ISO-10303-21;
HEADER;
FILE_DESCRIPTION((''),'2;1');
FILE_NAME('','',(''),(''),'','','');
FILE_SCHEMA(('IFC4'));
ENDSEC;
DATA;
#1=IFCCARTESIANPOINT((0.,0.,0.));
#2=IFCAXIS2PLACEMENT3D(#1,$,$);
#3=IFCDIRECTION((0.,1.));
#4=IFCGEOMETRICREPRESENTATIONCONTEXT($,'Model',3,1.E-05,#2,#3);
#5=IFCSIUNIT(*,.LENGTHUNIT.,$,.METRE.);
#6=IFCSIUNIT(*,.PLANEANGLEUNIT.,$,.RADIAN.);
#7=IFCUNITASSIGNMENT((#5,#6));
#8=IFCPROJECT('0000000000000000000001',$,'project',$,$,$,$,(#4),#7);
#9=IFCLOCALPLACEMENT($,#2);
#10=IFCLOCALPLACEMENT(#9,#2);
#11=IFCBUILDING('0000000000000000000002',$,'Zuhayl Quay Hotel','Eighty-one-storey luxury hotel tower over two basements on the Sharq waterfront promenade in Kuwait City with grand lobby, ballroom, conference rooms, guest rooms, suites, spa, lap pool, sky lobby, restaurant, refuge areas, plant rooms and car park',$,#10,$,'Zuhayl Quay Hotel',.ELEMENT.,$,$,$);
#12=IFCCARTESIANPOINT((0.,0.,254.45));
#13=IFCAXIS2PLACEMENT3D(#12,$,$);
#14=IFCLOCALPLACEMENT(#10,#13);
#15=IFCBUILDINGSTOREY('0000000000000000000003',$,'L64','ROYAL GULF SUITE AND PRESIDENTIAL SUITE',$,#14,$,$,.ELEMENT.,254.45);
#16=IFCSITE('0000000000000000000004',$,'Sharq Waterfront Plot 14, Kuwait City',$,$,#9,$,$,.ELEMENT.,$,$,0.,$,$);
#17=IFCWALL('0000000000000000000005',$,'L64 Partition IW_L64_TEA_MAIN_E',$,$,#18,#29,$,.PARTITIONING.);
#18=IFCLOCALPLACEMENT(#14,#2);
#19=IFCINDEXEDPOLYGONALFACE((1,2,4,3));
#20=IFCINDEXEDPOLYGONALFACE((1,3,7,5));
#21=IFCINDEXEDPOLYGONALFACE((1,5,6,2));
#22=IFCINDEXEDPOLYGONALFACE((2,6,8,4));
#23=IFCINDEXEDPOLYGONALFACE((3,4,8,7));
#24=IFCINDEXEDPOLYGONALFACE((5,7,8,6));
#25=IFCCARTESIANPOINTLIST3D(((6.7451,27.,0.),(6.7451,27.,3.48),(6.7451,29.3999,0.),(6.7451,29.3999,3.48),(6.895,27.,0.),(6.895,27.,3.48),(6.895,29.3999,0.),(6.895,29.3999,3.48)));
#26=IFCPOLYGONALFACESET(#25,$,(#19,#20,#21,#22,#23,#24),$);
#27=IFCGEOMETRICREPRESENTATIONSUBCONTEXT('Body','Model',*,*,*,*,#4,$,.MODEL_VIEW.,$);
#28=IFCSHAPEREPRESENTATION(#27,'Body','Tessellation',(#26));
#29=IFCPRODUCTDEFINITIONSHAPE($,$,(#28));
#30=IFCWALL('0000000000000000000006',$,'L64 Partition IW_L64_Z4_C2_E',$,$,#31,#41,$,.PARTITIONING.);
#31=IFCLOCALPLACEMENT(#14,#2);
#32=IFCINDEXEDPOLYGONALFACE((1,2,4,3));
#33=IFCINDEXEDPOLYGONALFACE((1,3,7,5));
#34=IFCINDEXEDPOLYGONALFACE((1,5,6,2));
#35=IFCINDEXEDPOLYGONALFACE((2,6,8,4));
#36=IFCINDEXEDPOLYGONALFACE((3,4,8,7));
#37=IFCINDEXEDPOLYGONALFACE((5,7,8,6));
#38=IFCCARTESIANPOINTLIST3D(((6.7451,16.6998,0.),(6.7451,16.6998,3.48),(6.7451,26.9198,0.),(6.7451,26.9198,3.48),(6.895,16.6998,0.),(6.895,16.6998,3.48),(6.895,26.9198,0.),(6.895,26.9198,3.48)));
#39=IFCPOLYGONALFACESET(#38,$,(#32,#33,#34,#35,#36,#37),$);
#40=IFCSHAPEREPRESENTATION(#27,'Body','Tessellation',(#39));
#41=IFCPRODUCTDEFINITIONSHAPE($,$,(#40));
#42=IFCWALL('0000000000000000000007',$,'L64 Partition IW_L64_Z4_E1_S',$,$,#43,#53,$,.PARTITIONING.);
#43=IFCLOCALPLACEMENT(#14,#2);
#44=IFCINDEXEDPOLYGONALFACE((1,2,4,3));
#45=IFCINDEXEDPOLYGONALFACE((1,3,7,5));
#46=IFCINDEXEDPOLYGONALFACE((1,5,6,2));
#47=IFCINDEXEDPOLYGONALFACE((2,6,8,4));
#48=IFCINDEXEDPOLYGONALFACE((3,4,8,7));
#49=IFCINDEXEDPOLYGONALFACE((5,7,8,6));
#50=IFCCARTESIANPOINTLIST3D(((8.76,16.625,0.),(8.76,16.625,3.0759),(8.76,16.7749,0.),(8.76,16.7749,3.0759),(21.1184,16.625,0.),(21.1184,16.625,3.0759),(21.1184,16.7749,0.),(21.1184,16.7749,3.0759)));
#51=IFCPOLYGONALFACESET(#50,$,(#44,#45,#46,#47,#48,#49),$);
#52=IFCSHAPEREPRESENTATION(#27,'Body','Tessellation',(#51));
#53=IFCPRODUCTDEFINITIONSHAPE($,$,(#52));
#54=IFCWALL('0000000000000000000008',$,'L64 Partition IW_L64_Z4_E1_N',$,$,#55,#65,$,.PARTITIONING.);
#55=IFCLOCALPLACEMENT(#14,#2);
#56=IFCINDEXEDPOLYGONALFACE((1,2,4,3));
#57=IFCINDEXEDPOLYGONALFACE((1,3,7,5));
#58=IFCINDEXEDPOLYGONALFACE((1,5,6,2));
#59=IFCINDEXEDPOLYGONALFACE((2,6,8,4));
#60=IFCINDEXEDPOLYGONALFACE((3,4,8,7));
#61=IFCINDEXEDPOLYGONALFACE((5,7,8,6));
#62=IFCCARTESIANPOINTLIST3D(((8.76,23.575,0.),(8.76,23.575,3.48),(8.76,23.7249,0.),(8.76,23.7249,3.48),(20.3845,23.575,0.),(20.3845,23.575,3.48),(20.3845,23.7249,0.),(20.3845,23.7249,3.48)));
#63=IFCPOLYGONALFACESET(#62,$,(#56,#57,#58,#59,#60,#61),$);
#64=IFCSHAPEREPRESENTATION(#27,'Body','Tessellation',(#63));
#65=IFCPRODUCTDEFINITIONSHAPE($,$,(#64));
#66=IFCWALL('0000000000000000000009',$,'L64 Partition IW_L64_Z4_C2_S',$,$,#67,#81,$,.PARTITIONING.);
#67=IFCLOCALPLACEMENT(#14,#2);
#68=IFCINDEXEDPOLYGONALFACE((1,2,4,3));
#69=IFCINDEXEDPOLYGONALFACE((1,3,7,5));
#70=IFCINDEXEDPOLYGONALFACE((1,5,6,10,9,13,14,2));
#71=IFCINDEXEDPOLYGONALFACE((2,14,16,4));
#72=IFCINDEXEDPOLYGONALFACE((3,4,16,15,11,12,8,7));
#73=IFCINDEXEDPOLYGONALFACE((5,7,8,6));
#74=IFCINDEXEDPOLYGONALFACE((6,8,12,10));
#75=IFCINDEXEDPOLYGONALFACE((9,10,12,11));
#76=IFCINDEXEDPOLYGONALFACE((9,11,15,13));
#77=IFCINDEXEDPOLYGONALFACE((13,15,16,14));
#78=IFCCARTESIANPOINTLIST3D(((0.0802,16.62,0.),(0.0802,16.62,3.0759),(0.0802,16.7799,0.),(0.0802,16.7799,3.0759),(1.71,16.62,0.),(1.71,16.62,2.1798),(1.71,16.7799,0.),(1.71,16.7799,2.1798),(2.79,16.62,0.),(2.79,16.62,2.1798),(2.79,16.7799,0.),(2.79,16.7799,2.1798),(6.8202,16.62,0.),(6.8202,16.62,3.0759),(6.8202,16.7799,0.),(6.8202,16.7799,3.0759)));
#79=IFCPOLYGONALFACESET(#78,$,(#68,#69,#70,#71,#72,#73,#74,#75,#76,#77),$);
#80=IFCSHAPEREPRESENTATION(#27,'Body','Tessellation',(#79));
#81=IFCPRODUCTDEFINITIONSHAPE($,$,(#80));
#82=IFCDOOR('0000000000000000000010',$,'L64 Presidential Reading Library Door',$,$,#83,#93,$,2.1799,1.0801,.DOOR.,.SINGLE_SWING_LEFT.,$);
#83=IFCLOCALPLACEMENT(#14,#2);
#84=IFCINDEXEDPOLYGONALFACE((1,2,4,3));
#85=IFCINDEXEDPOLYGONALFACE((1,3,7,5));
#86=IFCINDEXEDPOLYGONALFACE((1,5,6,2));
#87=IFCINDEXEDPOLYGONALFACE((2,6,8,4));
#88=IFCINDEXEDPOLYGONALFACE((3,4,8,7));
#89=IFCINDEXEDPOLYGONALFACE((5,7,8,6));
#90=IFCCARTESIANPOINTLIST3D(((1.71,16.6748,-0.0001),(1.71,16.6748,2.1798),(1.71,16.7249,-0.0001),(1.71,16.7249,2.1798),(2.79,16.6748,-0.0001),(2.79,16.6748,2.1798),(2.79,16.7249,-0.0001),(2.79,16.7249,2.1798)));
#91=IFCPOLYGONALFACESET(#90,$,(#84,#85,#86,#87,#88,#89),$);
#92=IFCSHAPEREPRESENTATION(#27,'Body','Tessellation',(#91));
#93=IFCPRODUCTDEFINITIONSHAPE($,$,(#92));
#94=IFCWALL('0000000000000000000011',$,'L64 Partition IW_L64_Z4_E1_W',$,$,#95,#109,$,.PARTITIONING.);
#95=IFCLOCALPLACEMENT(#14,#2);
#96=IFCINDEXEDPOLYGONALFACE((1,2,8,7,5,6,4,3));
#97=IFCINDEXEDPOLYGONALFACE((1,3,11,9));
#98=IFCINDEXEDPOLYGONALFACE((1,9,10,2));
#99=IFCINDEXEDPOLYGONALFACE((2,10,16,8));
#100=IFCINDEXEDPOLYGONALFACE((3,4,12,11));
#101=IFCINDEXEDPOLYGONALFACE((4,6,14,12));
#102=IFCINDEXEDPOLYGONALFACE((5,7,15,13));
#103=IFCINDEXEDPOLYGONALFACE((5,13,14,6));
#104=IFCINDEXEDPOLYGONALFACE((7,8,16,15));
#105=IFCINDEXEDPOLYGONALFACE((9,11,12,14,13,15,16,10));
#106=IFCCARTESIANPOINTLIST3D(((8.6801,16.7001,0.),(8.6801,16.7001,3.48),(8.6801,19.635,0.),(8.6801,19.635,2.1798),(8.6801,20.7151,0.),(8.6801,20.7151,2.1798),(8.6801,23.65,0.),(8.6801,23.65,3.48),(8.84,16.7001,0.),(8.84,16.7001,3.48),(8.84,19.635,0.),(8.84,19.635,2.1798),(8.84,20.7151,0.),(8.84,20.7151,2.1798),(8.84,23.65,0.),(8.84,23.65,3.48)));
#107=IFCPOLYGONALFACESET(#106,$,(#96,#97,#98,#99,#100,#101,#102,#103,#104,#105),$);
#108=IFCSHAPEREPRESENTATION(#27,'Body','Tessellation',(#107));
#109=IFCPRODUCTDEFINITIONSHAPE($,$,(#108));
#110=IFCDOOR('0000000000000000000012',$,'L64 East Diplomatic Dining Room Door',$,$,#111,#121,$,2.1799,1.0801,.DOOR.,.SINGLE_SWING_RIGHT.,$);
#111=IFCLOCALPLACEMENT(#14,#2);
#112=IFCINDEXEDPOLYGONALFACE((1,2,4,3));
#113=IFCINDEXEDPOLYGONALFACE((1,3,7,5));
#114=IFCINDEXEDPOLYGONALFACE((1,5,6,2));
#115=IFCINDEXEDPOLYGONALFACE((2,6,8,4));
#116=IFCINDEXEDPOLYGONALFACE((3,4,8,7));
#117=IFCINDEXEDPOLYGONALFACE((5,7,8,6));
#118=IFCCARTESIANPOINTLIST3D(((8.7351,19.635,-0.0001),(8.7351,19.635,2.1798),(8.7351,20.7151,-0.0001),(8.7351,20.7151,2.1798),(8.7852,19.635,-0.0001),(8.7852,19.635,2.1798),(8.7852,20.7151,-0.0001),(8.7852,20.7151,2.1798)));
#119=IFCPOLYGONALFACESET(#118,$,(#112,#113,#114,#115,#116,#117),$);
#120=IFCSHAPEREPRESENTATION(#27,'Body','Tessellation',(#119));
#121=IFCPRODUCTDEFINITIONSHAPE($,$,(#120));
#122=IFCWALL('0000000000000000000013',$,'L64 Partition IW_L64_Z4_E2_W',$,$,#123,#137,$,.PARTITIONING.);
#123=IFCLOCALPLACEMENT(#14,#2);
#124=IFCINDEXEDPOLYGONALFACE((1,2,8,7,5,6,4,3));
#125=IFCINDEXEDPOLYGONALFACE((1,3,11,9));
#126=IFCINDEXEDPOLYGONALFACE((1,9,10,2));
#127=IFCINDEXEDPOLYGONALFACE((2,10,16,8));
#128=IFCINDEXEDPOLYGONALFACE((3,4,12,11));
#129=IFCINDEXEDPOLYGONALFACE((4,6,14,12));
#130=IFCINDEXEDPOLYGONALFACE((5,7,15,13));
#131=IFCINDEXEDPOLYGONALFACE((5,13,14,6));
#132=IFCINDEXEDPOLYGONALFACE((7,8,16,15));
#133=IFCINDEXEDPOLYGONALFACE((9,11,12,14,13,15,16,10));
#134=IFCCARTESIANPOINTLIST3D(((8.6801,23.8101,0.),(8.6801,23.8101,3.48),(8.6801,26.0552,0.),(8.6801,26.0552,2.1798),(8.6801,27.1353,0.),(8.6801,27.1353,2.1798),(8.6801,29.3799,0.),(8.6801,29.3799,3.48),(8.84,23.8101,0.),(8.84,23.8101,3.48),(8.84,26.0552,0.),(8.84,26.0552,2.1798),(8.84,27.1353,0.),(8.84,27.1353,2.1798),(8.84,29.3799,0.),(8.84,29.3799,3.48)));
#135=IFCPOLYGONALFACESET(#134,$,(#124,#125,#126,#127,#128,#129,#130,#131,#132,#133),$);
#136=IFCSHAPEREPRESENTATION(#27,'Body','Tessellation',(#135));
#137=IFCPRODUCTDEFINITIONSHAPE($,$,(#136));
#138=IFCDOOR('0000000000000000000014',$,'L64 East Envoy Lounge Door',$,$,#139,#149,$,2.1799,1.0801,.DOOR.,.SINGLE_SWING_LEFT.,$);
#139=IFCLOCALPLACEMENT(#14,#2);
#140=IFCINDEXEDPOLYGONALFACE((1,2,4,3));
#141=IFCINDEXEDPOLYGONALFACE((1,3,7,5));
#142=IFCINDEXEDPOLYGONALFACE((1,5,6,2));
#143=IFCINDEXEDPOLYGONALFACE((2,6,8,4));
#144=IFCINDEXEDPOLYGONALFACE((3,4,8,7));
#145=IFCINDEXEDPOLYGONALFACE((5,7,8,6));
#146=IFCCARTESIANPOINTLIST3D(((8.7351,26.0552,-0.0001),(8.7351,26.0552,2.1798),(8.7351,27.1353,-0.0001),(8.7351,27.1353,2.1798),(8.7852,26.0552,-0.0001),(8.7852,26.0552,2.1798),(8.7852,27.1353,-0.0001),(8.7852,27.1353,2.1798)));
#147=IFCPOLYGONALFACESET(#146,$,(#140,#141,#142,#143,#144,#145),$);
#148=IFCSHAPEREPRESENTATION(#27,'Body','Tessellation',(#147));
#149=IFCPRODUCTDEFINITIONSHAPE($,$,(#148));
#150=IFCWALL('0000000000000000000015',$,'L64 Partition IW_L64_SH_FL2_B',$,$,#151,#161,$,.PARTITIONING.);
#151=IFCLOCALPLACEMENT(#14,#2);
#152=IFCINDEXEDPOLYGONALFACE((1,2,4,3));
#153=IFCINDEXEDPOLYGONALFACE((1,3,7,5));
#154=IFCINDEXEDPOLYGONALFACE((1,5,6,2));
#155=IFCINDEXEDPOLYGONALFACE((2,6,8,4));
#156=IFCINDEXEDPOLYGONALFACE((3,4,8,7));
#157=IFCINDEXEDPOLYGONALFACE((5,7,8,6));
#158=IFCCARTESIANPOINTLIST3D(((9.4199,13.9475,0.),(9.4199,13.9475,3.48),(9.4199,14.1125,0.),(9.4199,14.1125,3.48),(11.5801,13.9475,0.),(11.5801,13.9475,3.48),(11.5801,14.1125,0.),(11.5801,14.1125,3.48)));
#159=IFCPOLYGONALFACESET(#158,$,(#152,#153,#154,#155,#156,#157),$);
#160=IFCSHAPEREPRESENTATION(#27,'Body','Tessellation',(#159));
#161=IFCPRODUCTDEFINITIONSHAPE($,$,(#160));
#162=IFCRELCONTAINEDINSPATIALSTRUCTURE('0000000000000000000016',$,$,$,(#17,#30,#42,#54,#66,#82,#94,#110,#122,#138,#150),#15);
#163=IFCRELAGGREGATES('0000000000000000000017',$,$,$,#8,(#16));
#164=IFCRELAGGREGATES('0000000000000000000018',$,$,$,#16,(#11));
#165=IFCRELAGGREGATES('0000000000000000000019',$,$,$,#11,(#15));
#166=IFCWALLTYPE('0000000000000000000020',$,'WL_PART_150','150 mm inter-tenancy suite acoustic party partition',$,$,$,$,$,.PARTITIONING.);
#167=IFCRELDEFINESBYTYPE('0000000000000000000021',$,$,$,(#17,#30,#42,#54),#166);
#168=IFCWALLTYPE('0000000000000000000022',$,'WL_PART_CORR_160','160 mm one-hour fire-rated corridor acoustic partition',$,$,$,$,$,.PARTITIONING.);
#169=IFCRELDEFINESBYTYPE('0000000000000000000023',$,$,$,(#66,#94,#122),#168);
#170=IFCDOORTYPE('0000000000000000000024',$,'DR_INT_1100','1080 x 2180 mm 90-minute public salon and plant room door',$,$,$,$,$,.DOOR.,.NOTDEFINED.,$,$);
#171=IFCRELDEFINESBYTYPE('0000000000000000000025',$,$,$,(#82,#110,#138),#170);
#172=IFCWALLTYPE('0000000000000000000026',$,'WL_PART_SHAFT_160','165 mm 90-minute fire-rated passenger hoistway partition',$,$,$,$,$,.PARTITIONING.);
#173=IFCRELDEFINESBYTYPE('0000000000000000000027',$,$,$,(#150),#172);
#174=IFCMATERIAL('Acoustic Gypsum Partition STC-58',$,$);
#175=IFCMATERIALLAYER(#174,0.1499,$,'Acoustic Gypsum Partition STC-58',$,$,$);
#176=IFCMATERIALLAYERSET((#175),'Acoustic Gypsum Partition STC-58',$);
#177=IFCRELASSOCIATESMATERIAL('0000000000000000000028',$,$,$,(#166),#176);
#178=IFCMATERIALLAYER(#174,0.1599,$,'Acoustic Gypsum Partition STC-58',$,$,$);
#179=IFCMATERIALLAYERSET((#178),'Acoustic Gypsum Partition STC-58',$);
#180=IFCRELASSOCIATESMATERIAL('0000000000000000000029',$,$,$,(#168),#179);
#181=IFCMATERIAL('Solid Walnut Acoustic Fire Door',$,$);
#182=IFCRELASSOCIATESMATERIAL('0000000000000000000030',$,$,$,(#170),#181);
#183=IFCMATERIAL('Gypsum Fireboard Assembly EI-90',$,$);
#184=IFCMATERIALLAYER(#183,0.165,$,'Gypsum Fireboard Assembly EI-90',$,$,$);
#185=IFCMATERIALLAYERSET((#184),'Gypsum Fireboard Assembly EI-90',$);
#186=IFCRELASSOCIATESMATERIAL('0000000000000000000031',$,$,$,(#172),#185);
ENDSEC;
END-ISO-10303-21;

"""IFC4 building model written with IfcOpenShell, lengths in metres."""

from ifc_helpers import new_model, si_unit, direction, frame, frame_2d, origin, place, context, subcontext, project, spatial, rectangle, extrude, material, layer, layer_set, type_object, element, fill, save


model = new_model("IFC4")

# Units and contexts
model_context = context("Model", 3, precision=1e-05, world=origin(), true_north=direction((0.0, 1.0)))
body_context = subcontext(model_context, "Body", "Model", "MODEL_VIEW")
ifc_project = project(units=[si_unit("LENGTHUNIT", "METRE"), si_unit("PLANEANGLEUNIT", "RADIAN")], contexts=[model_context])

# Site, building, storey
site_placement = place(None, origin())
site = spatial("IfcSite", under=ifc_project, at=site_placement, Name="Sharq Waterfront Plot 14, Kuwait City", CompositionType="ELEMENT", RefElevation=0.0)
building_placement = place(site_placement, origin())
building = spatial("IfcBuilding", under=site, at=building_placement, Name="Zuhayl Quay Hotel", Description="Eighty-one-storey luxury hotel tower over two basements on the Sharq waterfront promenade in Kuwait City with grand lobby, ballroom, conference rooms, guest rooms, suites, spa, lap pool, sky lobby, restaurant, refuge areas, plant rooms and car park", LongName="Zuhayl Quay Hotel", CompositionType="ELEMENT")
storey_placement = place(building_placement, frame((0.0, 0.0, 254.45)))
storey = spatial("IfcBuildingStorey", under=building, at=storey_placement, Name="L64", Description="ROYAL GULF SUITE AND PRESIDENTIAL SUITE", CompositionType="ELEMENT", Elevation=254.45)

# Walls
ifc_material_1 = material(Name="Acoustic Gypsum Partition STC-58")
ifc_layer_1 = layer(ifc_material_1, 0.1499, Name="Acoustic Gypsum Partition STC-58")
ifc_layer_set_1 = layer_set([ifc_layer_1], Name="Acoustic Gypsum Partition STC-58")
wall_type_1 = type_object("IfcWallType", Name="WL_PART_150", Description="150 mm inter-tenancy suite acoustic party partition", PredefinedType="PARTITIONING", material=ifc_layer_set_1)
wall_1_placement = place(storey_placement, frame((6.8201, 27.0, 0.0), z_axis=(0.0, 0.0, 1.0), x_axis=(0.0, 1.0, 0.0)))
element("IfcWall", 1, at=wall_1_placement, inside=storey, type_object=wall_type_1, Name="L64 Partition IW_L64_TEA_MAIN_E", PredefinedType="PARTITIONING", context=body_context, shape_type="SweptSolid", body=[
    extrude(rectangle(XDim=2.3999, YDim=0.1499, at=frame_2d((1.2, 0.0))), origin(), (0.0, 0.0, 1.0), 3.48),
])
wall_2_placement = place(storey_placement, frame((6.8201, 16.7, 0.0), z_axis=(0.0, 0.0, 1.0), x_axis=(0.0, 1.0, 0.0)))
element("IfcWall", 2, at=wall_2_placement, inside=storey, type_object=wall_type_1, Name="L64 Partition IW_L64_Z4_C2_E", PredefinedType="PARTITIONING", context=body_context, shape_type="SweptSolid", body=[
    extrude(rectangle(XDim=10.22, YDim=0.1499, at=frame_2d((5.1099, 0.0))), origin(), (0.0, 0.0, 1.0), 3.48),
])
wall_3_placement = place(storey_placement, frame((8.76, 16.7, 0.0), z_axis=(0.0, 0.0, 1.0), x_axis=(1.0, 0.0, 0.0)))
element("IfcWall", 3, at=wall_3_placement, inside=storey, type_object=wall_type_1, Name="L64 Partition IW_L64_Z4_E1_S", PredefinedType="PARTITIONING", context=body_context, shape_type="SweptSolid", body=[
    extrude(rectangle(XDim=12.3584, YDim=0.1499, at=frame_2d((6.1792, 0.0))), origin(), (0.0, 0.0, 1.0), 3.0759),
])
wall_4_placement = place(storey_placement, frame((8.76, 23.6499, 0.0), z_axis=(0.0, 0.0, 1.0), x_axis=(1.0, 0.0, 0.0)))
element("IfcWall", 4, at=wall_4_placement, inside=storey, type_object=wall_type_1, Name="L64 Partition IW_L64_Z4_E1_N", PredefinedType="PARTITIONING", context=body_context, shape_type="SweptSolid", body=[
    extrude(rectangle(XDim=11.6245, YDim=0.1499, at=frame_2d((5.8123, 0.0))), origin(), (0.0, 0.0, 1.0), 3.48),
])

# Walls, openings, doors
ifc_layer_2 = layer(ifc_material_1, 0.1599, Name="Acoustic Gypsum Partition STC-58")
ifc_layer_set_2 = layer_set([ifc_layer_2], Name="Acoustic Gypsum Partition STC-58")
wall_type_2 = type_object("IfcWallType", Name="WL_PART_CORR_160", Description="160 mm one-hour fire-rated corridor acoustic partition", PredefinedType="PARTITIONING", material=ifc_layer_set_2)
wall_5_placement = place(storey_placement, frame((0.0801, 16.7, 0.0), z_axis=(0.0, 0.0, 1.0), x_axis=(1.0, 0.0, 0.0)))
wall_5 = element("IfcWall", 5, at=wall_5_placement, inside=storey, type_object=wall_type_2, Name="L64 Partition IW_L64_Z4_C2_S", PredefinedType="PARTITIONING", context=body_context, shape_type="SweptSolid", body=[
    extrude(rectangle(XDim=6.74, YDim=0.1599, at=frame_2d((3.3701, 0.0))), origin(), (0.0, 0.0, 1.0), 3.0759),
])
opening_1_placement = place(wall_5_placement, frame((1.6299, 0.0, 0.0)))
opening_1 = element("IfcOpeningElement", 6, at=opening_1_placement, cuts=wall_5, PredefinedType="OPENING", context=body_context, shape_type="SweptSolid", body=[
    extrude(rectangle(XDim=1.0801, YDim=2.1799, at=frame_2d((0.54, 1.0898))), frame((0.0, 0.0898, 0.0), z_axis=(0.0, -1.0, 0.0), x_axis=(1.0, 0.0, 0.0)), (0.0, 0.0, 1.0), 0.1799),
])
ifc_material_2 = material(Name="Solid Walnut Acoustic Fire Door")
door_type_1 = type_object("IfcDoorType", Name="DR_INT_1100", Description="1080 x 2180 mm 90-minute public salon and plant room door", OperationType="NOTDEFINED", PredefinedType="DOOR", material=ifc_material_2)
door_1_placement = place(opening_1_placement, origin())
door_1 = element("IfcDoor", 7, at=door_1_placement, inside=storey, type_object=door_type_1, Name="L64 Presidential Reading Library Door", OperationType="SINGLE_SWING_LEFT", OverallHeight=2.1799, OverallWidth=1.0801, PredefinedType="DOOR", context=body_context, shape_type="SweptSolid", body=[
    extrude(rectangle(XDim=1.0801, YDim=2.1799, at=frame_2d((0.54, 1.0898))), frame((0.0, 0.0249, 0.0), z_axis=(0.0, -1.0, 0.0), x_axis=(1.0, 0.0, 0.0)), (0.0, 0.0, 1.0), 0.05),
])
fill(opening_1, door_1)
wall_6_placement = place(storey_placement, frame((8.76, 16.7, 0.0), z_axis=(0.0, 0.0, 1.0), x_axis=(0.0, 1.0, 0.0)))
wall_6 = element("IfcWall", 8, at=wall_6_placement, inside=storey, type_object=wall_type_2, Name="L64 Partition IW_L64_Z4_E1_W", PredefinedType="PARTITIONING", context=body_context, shape_type="SweptSolid", body=[
    extrude(rectangle(XDim=6.95, YDim=0.1599, at=frame_2d((3.4751, 0.0))), origin(), (0.0, 0.0, 1.0), 3.48),
])
opening_2_placement = place(wall_6_placement, frame((2.9351, 0.0, 0.0)))
opening_2 = element("IfcOpeningElement", 9, at=opening_2_placement, cuts=wall_6, PredefinedType="OPENING", context=body_context, shape_type="SweptSolid", body=[
    extrude(rectangle(XDim=1.0801, YDim=2.1799, at=frame_2d((0.54, 1.0898))), frame((0.0, 0.0898, 0.0), z_axis=(0.0, -1.0, 0.0), x_axis=(1.0, 0.0, 0.0)), (0.0, 0.0, 1.0), 0.1799),
])
door_2_placement = place(opening_2_placement, origin())
door_2 = element("IfcDoor", 10, at=door_2_placement, inside=storey, type_object=door_type_1, Name="L64 East Diplomatic Dining Room Door", OperationType="SINGLE_SWING_RIGHT", OverallHeight=2.1799, OverallWidth=1.0801, PredefinedType="DOOR", context=body_context, shape_type="SweptSolid", body=[
    extrude(rectangle(XDim=1.0801, YDim=2.1799, at=frame_2d((0.54, 1.0898))), frame((0.0, 0.0249, 0.0), z_axis=(0.0, -1.0, 0.0), x_axis=(1.0, 0.0, 0.0)), (0.0, 0.0, 1.0), 0.05),
])
fill(opening_2, door_2)
wall_7_placement = place(storey_placement, frame((8.76, 23.8101, 0.0), z_axis=(0.0, 0.0, 1.0), x_axis=(0.0, 1.0, 0.0)))
wall_7 = element("IfcWall", 11, at=wall_7_placement, inside=storey, type_object=wall_type_2, Name="L64 Partition IW_L64_Z4_E2_W", PredefinedType="PARTITIONING", context=body_context, shape_type="SweptSolid", body=[
    extrude(rectangle(XDim=5.5698, YDim=0.1599, at=frame_2d((2.7849, 0.0))), origin(), (0.0, 0.0, 1.0), 3.48),
])
opening_3_placement = place(wall_7_placement, frame((2.2451, 0.0, 0.0)))
opening_3 = element("IfcOpeningElement", 12, at=opening_3_placement, cuts=wall_7, PredefinedType="OPENING", context=body_context, shape_type="SweptSolid", body=[
    extrude(rectangle(XDim=1.0801, YDim=2.1799, at=frame_2d((0.54, 1.0898))), frame((0.0, 0.0898, 0.0), z_axis=(0.0, -1.0, 0.0), x_axis=(1.0, 0.0, 0.0)), (0.0, 0.0, 1.0), 0.1799),
])
door_3_placement = place(opening_3_placement, origin())
door_3 = element("IfcDoor", 13, at=door_3_placement, inside=storey, type_object=door_type_1, Name="L64 East Envoy Lounge Door", OperationType="SINGLE_SWING_LEFT", OverallHeight=2.1799, OverallWidth=1.0801, PredefinedType="DOOR", context=body_context, shape_type="SweptSolid", body=[
    extrude(rectangle(XDim=1.0801, YDim=2.1799, at=frame_2d((0.54, 1.0898))), frame((0.0, 0.0249, 0.0), z_axis=(0.0, -1.0, 0.0), x_axis=(1.0, 0.0, 0.0)), (0.0, 0.0, 1.0), 0.05),
])
fill(opening_3, door_3)

# Wall
ifc_material_3 = material(Name="Gypsum Fireboard Assembly EI-90")
ifc_layer_3 = layer(ifc_material_3, 0.165, Name="Gypsum Fireboard Assembly EI-90")
ifc_layer_set_3 = layer_set([ifc_layer_3], Name="Gypsum Fireboard Assembly EI-90")
wall_type_3 = type_object("IfcWallType", Name="WL_PART_SHAFT_160", Description="165 mm 90-minute fire-rated passenger hoistway partition", PredefinedType="PARTITIONING", material=ifc_layer_set_3)
wall_8_placement = place(storey_placement, frame((9.4199, 14.03, 0.0), z_axis=(0.0, 0.0, 1.0), x_axis=(1.0, 0.0, 0.0)))
element("IfcWall", 14, at=wall_8_placement, inside=storey, type_object=wall_type_3, Name="L64 Partition IW_L64_SH_FL2_B", PredefinedType="PARTITIONING", context=body_context, shape_type="SweptSolid", body=[
    extrude(rectangle(XDim=2.1602, YDim=0.165, at=frame_2d((1.0801, 0.0))), origin(), (0.0, 0.0, 1.0), 3.48),
])

save(model, "model.ifc")
